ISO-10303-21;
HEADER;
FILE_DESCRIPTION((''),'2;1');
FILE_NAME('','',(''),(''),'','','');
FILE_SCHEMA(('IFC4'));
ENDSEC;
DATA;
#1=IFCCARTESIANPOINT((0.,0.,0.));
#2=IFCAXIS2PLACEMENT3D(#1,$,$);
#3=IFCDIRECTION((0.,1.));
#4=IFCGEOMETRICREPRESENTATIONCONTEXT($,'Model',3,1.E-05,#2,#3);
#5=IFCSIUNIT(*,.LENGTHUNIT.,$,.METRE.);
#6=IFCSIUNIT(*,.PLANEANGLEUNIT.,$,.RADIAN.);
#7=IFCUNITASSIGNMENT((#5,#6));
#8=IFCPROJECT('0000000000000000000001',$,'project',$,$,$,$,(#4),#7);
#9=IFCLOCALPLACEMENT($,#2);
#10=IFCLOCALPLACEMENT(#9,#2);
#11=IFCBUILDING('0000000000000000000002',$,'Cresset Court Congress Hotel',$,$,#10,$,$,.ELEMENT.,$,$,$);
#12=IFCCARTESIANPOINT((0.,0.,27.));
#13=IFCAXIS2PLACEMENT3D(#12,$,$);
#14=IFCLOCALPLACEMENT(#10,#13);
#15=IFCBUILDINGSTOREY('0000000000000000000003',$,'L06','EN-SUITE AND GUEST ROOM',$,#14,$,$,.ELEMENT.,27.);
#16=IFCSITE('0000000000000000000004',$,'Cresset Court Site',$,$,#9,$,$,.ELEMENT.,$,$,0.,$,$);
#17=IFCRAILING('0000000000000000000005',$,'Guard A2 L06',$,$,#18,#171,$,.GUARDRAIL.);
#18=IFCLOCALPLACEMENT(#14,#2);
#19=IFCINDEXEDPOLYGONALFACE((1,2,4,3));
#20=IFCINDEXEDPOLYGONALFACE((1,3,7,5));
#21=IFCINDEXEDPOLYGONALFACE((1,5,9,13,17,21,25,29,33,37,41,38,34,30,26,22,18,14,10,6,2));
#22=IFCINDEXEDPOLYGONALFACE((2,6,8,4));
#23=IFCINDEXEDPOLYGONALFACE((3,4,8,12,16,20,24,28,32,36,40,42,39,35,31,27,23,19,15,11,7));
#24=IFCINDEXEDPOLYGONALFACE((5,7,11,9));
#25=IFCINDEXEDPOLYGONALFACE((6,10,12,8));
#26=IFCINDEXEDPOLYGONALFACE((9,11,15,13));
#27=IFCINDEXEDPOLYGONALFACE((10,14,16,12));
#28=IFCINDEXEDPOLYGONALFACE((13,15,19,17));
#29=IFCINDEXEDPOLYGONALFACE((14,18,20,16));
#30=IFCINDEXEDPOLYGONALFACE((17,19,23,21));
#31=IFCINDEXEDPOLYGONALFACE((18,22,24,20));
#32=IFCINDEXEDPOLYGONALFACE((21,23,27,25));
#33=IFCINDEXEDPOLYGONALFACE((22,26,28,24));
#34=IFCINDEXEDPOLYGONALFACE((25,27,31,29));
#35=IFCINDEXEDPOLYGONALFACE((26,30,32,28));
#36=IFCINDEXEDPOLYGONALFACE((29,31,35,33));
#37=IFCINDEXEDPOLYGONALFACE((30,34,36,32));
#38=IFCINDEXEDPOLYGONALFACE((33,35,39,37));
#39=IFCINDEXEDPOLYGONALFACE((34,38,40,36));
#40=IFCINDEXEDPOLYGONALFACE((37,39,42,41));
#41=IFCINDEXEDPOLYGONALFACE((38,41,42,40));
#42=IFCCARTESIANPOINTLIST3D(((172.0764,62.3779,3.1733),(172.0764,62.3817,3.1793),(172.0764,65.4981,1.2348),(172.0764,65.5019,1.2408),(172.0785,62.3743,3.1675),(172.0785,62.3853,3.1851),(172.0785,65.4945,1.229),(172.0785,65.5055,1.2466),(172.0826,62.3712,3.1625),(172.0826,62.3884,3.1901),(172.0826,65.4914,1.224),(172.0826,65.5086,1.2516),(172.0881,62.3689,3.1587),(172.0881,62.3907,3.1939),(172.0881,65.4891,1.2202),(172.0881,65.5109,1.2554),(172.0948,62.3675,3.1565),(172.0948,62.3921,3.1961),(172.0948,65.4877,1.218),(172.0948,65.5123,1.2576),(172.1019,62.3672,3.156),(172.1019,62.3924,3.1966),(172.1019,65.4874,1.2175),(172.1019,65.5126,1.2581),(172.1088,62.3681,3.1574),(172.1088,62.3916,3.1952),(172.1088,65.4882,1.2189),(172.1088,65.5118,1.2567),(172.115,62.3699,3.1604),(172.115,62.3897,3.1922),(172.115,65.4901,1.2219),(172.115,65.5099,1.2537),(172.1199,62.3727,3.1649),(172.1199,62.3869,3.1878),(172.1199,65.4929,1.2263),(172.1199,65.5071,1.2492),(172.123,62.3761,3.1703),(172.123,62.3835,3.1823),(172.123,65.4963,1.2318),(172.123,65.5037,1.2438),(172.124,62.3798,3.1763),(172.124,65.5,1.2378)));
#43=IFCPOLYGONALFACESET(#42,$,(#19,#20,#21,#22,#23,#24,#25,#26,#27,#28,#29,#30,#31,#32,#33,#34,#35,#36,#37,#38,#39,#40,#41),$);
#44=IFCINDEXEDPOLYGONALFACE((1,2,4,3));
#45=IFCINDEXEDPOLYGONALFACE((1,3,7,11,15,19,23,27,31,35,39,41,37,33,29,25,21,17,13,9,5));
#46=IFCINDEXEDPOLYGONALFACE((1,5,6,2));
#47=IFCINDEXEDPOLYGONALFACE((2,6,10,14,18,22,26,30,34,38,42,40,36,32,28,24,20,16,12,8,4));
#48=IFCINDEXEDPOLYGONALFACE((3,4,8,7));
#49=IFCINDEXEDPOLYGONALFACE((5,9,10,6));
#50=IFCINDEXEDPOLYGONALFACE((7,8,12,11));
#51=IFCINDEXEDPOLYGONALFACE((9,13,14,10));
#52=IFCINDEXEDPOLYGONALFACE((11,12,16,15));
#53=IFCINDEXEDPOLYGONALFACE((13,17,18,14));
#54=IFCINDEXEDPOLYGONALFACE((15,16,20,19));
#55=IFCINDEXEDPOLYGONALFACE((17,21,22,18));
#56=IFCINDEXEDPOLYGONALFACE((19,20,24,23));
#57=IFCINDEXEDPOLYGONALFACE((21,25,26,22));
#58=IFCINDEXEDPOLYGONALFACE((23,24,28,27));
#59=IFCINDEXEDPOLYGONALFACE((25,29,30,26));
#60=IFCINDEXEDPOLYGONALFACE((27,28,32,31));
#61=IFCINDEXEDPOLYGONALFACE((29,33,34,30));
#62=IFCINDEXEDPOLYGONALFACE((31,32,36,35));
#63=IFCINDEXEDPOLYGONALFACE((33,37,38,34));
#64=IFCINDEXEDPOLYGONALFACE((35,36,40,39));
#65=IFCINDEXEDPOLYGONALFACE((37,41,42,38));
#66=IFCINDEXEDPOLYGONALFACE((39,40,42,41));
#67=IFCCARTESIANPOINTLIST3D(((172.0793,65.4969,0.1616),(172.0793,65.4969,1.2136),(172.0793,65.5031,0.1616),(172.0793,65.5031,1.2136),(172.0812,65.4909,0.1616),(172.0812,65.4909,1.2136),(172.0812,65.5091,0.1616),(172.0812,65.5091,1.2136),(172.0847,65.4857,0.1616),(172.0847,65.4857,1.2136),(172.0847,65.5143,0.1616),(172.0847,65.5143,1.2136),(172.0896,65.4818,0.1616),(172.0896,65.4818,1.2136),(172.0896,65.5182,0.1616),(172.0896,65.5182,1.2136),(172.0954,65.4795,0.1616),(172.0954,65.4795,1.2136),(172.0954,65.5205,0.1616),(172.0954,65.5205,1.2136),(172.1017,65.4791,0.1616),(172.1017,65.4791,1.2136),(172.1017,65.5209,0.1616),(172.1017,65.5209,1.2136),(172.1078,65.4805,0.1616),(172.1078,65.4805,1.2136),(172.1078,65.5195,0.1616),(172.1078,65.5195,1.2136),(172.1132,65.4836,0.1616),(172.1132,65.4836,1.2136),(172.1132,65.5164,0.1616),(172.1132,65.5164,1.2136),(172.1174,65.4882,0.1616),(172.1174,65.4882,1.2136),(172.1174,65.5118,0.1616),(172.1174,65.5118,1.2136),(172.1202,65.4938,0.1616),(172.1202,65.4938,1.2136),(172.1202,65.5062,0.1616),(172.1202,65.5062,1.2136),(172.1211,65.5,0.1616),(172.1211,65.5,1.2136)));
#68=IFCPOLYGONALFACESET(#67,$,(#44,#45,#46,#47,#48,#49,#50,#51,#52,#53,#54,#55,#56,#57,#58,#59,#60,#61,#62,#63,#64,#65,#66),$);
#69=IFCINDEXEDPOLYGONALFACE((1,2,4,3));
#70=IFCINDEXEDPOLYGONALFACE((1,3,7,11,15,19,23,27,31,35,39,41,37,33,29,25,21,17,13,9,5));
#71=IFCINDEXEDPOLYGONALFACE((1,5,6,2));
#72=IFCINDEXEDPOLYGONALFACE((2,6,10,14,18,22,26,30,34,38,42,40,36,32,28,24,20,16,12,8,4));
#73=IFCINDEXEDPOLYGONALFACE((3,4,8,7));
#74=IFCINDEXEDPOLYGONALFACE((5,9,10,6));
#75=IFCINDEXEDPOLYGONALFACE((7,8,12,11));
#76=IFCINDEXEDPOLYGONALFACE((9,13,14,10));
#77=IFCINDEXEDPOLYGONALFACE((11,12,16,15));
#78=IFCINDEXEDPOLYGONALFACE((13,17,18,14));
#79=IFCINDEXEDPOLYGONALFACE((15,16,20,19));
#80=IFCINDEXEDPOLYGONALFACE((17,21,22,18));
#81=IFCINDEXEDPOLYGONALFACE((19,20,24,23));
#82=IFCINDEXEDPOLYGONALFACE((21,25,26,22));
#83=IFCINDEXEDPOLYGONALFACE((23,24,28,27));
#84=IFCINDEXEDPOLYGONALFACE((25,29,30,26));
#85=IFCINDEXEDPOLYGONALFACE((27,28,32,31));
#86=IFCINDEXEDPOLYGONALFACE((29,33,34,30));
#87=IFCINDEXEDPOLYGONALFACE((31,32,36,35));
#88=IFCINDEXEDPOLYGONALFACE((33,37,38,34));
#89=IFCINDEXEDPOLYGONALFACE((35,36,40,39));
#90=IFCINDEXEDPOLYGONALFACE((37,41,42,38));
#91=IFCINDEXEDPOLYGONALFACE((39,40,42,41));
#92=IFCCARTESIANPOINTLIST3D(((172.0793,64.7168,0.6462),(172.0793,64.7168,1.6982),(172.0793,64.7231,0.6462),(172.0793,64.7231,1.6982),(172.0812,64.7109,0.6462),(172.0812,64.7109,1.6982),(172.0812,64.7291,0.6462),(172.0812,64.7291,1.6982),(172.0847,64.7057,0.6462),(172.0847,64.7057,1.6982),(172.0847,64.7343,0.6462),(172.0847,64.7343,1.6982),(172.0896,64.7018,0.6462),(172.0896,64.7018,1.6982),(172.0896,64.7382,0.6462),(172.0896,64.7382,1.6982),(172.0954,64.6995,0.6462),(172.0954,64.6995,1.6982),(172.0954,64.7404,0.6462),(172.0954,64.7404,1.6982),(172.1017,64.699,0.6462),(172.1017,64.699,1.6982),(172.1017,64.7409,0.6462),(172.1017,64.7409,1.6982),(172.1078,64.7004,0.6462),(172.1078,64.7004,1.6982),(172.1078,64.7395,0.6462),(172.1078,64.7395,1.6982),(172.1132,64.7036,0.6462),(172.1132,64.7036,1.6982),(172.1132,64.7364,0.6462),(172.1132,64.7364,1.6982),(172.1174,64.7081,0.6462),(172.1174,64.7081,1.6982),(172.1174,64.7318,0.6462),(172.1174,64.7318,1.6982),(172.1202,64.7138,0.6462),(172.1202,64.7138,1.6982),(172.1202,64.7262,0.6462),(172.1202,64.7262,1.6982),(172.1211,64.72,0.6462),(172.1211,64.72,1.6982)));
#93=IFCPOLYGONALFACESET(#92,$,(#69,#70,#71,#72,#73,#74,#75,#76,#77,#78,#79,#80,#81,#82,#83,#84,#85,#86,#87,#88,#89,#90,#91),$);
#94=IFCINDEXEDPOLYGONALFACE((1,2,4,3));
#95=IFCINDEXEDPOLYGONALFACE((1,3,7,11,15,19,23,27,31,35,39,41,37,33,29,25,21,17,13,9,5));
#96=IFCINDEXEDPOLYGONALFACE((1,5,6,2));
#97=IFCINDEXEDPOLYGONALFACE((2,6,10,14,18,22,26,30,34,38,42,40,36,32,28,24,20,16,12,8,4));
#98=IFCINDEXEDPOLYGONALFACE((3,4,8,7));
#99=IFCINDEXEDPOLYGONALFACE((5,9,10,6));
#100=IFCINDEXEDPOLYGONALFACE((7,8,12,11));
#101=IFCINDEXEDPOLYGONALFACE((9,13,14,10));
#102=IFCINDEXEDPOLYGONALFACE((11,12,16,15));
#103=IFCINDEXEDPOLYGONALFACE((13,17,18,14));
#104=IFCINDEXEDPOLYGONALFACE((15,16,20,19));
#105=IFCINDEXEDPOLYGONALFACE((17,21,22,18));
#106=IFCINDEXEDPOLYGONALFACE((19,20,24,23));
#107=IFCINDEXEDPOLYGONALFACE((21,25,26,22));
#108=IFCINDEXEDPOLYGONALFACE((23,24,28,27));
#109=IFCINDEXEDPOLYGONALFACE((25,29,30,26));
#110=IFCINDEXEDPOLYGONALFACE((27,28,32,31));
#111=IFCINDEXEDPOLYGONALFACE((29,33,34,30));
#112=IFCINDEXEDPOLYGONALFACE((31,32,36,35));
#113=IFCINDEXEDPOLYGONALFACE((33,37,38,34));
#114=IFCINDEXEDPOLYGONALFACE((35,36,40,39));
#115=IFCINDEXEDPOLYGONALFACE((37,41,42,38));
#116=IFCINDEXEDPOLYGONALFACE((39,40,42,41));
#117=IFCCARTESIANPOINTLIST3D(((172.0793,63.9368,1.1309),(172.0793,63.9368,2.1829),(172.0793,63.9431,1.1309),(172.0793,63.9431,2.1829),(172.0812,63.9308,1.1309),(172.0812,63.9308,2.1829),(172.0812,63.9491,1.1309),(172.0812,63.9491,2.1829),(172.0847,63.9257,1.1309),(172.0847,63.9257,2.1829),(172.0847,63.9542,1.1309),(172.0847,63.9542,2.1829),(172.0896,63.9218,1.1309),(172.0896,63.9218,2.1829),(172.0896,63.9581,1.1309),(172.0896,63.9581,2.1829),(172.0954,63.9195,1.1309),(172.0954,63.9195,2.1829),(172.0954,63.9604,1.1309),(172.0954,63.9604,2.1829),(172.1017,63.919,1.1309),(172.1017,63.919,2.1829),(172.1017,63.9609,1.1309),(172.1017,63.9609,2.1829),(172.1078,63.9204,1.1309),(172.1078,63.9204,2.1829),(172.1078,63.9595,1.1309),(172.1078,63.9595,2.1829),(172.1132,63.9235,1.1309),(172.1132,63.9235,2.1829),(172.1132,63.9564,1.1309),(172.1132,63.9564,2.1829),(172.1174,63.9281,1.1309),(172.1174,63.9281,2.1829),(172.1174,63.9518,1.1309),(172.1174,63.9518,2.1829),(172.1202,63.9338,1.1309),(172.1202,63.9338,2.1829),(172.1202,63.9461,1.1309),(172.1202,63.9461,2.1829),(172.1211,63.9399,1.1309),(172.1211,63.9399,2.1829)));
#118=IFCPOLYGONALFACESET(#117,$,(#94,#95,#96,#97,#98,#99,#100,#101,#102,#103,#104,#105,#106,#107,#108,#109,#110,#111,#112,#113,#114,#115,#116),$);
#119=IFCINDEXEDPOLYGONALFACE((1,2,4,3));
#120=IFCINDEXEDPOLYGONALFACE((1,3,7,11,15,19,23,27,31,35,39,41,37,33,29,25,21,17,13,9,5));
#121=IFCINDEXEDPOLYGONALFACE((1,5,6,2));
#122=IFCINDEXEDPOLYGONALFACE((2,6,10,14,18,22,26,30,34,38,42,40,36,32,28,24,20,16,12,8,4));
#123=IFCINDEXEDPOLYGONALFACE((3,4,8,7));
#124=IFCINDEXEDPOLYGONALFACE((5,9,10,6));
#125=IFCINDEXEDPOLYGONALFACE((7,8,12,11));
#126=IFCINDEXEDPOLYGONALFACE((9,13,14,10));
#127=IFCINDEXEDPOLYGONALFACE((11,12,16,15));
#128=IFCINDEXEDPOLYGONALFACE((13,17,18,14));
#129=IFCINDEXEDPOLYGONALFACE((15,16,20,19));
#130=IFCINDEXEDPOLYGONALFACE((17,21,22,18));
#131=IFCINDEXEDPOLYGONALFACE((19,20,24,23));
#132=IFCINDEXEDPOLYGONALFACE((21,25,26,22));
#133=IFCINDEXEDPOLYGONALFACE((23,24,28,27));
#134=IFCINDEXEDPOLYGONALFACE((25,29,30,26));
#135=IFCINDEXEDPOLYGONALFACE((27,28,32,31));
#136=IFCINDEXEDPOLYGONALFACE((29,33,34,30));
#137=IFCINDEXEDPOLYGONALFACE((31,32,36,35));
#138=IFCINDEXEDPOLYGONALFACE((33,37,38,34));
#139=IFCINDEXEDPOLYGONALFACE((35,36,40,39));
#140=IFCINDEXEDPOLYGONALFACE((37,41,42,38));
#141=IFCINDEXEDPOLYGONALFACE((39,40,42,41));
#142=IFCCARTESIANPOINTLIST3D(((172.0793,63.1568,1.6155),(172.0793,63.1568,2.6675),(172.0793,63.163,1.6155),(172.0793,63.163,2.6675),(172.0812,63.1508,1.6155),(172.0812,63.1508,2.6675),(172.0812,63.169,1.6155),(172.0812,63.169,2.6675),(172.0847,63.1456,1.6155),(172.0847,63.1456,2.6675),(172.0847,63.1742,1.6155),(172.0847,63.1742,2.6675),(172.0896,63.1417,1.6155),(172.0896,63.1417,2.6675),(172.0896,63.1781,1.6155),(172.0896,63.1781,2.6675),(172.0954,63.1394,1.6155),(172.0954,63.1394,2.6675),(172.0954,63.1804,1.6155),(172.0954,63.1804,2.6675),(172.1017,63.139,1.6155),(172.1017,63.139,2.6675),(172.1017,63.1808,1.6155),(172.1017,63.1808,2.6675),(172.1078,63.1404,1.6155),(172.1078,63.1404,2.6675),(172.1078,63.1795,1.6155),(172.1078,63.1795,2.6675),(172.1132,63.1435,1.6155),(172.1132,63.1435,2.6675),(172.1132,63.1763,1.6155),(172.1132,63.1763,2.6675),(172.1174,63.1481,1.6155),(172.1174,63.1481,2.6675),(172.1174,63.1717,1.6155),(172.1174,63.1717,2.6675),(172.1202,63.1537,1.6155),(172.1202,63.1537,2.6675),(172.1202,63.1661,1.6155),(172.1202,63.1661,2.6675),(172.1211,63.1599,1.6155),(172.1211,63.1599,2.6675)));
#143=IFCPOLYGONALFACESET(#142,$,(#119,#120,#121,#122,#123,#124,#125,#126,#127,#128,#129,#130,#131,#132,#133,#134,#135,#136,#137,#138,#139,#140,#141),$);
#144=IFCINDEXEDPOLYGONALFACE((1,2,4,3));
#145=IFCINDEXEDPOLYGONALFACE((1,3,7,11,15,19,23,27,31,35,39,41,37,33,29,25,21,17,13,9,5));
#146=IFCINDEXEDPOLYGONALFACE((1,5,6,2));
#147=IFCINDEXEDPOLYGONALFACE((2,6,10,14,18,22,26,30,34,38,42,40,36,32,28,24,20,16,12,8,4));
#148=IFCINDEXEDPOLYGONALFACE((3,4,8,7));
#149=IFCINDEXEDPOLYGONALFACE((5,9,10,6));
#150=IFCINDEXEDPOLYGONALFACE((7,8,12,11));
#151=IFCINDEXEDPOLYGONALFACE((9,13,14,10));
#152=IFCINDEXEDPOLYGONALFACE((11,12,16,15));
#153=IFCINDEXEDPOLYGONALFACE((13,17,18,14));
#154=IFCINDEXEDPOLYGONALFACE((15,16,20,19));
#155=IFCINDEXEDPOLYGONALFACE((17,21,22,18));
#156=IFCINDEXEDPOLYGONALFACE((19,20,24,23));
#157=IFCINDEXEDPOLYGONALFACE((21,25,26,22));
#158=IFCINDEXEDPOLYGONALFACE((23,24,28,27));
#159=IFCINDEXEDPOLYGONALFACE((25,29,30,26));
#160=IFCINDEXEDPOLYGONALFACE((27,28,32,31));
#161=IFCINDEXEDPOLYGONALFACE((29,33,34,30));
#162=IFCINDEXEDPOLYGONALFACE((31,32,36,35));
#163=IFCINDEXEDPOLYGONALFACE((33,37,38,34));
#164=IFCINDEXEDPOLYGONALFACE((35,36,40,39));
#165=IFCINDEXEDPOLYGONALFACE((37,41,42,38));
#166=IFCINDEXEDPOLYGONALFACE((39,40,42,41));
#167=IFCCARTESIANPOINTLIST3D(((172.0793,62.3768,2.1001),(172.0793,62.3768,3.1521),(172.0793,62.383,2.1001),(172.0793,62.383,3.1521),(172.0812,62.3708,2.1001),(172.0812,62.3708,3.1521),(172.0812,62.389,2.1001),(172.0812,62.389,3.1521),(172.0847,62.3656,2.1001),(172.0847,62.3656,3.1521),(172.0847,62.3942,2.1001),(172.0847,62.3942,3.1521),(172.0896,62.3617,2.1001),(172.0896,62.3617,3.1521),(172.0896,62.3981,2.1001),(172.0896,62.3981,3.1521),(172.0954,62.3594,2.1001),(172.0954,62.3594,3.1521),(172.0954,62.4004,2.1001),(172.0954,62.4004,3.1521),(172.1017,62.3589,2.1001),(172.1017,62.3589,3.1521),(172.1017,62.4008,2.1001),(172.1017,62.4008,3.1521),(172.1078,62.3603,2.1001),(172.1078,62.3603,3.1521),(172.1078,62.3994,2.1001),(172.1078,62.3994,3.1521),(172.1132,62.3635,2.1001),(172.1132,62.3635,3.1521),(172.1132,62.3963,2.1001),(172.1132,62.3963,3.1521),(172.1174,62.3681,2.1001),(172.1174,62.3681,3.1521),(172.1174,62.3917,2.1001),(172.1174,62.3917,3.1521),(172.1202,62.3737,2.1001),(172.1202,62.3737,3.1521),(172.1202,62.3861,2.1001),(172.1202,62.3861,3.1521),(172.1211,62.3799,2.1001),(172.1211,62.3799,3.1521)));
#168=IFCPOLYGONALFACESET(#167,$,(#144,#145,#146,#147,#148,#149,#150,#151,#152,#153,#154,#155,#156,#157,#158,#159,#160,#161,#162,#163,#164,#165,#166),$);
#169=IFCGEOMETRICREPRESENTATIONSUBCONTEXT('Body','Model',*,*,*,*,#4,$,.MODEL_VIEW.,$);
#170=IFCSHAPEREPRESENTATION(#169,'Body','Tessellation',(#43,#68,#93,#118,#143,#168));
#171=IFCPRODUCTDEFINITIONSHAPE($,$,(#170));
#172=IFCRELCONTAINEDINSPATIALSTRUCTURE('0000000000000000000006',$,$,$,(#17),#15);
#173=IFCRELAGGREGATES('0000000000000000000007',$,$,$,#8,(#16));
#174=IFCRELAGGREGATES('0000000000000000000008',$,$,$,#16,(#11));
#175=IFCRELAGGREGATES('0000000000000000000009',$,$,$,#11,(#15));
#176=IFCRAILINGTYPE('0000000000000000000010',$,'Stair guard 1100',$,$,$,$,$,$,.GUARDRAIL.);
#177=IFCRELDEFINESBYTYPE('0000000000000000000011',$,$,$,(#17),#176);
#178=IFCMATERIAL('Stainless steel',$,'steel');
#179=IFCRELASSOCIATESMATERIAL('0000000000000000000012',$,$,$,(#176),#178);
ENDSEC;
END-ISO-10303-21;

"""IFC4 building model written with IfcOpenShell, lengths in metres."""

from ifc_helpers import new_model, si_unit, direction, frame, origin, origin_2d, place, context, subcontext, project, spatial, circle, extrude, material, type_object, element, save


model = new_model("IFC4")

# Units and contexts
model_context = context("Model", 3, precision=1e-05, world=origin(), true_north=direction((0.0, 1.0)))
body_context = subcontext(model_context, "Body", "Model", "MODEL_VIEW")
ifc_project = project(units=[si_unit("LENGTHUNIT", "METRE"), si_unit("PLANEANGLEUNIT", "RADIAN")], contexts=[model_context])

# Site, building, storey
site_placement = place(None, origin())
site = spatial("IfcSite", under=ifc_project, at=site_placement, Name="Cresset Court Site", CompositionType="ELEMENT", RefElevation=0.0)
building_placement = place(site_placement, origin())
building = spatial("IfcBuilding", under=site, at=building_placement, Name="Cresset Court Congress Hotel", CompositionType="ELEMENT")
storey_placement = place(building_placement, frame((0.0, 0.0, 27.0)))
storey = spatial("IfcBuildingStorey", under=building, at=storey_placement, Name="L06", Description="EN-SUITE AND GUEST ROOM", CompositionType="ELEMENT", Elevation=27.0)

# Railing
ifc_material_1 = material(Name="Stainless steel", Category="steel")
railing_type_1 = type_object("IfcRailingType", Name="Stair guard 1100", PredefinedType="GUARDRAIL", material=ifc_material_1)
railing_1_placement = place(storey_placement, frame((172.1001, 65.5, 0.1616)))
element("IfcRailing", 1, at=railing_1_placement, inside=storey, type_object=railing_type_1, Name="Guard A2 L06", PredefinedType="GUARDRAIL", context=body_context, shape_type="SweptSolid", body=[
    extrude(circle(Radius=0.0239, at=origin_2d()), frame((0.0, 0.0, 1.0762), z_axis=(0.0, -0.849414, 0.527727), x_axis=(1.0, 0.0, 0.0)), (0.0, 0.0, 1.0), 3.6733),
    extrude(circle(Radius=0.021, at=origin_2d()), origin(), (0.0, 0.0, 1.0), 1.052),
    extrude(circle(Radius=0.021, at=origin_2d()), frame((0.0, -0.78, 0.4846)), (0.0, 0.0, 1.0), 1.052),
    extrude(circle(Radius=0.021, at=origin_2d()), frame((0.0, -1.5601, 0.9692)), (0.0, 0.0, 1.0), 1.052),
    extrude(circle(Radius=0.021, at=origin_2d()), frame((0.0, -2.3401, 1.4539)), (0.0, 0.0, 1.0), 1.052),
    extrude(circle(Radius=0.021, at=origin_2d()), frame((0.0, -3.1201, 1.9385)), (0.0, 0.0, 1.0), 1.052),
])

save(model, "model.ifc")
